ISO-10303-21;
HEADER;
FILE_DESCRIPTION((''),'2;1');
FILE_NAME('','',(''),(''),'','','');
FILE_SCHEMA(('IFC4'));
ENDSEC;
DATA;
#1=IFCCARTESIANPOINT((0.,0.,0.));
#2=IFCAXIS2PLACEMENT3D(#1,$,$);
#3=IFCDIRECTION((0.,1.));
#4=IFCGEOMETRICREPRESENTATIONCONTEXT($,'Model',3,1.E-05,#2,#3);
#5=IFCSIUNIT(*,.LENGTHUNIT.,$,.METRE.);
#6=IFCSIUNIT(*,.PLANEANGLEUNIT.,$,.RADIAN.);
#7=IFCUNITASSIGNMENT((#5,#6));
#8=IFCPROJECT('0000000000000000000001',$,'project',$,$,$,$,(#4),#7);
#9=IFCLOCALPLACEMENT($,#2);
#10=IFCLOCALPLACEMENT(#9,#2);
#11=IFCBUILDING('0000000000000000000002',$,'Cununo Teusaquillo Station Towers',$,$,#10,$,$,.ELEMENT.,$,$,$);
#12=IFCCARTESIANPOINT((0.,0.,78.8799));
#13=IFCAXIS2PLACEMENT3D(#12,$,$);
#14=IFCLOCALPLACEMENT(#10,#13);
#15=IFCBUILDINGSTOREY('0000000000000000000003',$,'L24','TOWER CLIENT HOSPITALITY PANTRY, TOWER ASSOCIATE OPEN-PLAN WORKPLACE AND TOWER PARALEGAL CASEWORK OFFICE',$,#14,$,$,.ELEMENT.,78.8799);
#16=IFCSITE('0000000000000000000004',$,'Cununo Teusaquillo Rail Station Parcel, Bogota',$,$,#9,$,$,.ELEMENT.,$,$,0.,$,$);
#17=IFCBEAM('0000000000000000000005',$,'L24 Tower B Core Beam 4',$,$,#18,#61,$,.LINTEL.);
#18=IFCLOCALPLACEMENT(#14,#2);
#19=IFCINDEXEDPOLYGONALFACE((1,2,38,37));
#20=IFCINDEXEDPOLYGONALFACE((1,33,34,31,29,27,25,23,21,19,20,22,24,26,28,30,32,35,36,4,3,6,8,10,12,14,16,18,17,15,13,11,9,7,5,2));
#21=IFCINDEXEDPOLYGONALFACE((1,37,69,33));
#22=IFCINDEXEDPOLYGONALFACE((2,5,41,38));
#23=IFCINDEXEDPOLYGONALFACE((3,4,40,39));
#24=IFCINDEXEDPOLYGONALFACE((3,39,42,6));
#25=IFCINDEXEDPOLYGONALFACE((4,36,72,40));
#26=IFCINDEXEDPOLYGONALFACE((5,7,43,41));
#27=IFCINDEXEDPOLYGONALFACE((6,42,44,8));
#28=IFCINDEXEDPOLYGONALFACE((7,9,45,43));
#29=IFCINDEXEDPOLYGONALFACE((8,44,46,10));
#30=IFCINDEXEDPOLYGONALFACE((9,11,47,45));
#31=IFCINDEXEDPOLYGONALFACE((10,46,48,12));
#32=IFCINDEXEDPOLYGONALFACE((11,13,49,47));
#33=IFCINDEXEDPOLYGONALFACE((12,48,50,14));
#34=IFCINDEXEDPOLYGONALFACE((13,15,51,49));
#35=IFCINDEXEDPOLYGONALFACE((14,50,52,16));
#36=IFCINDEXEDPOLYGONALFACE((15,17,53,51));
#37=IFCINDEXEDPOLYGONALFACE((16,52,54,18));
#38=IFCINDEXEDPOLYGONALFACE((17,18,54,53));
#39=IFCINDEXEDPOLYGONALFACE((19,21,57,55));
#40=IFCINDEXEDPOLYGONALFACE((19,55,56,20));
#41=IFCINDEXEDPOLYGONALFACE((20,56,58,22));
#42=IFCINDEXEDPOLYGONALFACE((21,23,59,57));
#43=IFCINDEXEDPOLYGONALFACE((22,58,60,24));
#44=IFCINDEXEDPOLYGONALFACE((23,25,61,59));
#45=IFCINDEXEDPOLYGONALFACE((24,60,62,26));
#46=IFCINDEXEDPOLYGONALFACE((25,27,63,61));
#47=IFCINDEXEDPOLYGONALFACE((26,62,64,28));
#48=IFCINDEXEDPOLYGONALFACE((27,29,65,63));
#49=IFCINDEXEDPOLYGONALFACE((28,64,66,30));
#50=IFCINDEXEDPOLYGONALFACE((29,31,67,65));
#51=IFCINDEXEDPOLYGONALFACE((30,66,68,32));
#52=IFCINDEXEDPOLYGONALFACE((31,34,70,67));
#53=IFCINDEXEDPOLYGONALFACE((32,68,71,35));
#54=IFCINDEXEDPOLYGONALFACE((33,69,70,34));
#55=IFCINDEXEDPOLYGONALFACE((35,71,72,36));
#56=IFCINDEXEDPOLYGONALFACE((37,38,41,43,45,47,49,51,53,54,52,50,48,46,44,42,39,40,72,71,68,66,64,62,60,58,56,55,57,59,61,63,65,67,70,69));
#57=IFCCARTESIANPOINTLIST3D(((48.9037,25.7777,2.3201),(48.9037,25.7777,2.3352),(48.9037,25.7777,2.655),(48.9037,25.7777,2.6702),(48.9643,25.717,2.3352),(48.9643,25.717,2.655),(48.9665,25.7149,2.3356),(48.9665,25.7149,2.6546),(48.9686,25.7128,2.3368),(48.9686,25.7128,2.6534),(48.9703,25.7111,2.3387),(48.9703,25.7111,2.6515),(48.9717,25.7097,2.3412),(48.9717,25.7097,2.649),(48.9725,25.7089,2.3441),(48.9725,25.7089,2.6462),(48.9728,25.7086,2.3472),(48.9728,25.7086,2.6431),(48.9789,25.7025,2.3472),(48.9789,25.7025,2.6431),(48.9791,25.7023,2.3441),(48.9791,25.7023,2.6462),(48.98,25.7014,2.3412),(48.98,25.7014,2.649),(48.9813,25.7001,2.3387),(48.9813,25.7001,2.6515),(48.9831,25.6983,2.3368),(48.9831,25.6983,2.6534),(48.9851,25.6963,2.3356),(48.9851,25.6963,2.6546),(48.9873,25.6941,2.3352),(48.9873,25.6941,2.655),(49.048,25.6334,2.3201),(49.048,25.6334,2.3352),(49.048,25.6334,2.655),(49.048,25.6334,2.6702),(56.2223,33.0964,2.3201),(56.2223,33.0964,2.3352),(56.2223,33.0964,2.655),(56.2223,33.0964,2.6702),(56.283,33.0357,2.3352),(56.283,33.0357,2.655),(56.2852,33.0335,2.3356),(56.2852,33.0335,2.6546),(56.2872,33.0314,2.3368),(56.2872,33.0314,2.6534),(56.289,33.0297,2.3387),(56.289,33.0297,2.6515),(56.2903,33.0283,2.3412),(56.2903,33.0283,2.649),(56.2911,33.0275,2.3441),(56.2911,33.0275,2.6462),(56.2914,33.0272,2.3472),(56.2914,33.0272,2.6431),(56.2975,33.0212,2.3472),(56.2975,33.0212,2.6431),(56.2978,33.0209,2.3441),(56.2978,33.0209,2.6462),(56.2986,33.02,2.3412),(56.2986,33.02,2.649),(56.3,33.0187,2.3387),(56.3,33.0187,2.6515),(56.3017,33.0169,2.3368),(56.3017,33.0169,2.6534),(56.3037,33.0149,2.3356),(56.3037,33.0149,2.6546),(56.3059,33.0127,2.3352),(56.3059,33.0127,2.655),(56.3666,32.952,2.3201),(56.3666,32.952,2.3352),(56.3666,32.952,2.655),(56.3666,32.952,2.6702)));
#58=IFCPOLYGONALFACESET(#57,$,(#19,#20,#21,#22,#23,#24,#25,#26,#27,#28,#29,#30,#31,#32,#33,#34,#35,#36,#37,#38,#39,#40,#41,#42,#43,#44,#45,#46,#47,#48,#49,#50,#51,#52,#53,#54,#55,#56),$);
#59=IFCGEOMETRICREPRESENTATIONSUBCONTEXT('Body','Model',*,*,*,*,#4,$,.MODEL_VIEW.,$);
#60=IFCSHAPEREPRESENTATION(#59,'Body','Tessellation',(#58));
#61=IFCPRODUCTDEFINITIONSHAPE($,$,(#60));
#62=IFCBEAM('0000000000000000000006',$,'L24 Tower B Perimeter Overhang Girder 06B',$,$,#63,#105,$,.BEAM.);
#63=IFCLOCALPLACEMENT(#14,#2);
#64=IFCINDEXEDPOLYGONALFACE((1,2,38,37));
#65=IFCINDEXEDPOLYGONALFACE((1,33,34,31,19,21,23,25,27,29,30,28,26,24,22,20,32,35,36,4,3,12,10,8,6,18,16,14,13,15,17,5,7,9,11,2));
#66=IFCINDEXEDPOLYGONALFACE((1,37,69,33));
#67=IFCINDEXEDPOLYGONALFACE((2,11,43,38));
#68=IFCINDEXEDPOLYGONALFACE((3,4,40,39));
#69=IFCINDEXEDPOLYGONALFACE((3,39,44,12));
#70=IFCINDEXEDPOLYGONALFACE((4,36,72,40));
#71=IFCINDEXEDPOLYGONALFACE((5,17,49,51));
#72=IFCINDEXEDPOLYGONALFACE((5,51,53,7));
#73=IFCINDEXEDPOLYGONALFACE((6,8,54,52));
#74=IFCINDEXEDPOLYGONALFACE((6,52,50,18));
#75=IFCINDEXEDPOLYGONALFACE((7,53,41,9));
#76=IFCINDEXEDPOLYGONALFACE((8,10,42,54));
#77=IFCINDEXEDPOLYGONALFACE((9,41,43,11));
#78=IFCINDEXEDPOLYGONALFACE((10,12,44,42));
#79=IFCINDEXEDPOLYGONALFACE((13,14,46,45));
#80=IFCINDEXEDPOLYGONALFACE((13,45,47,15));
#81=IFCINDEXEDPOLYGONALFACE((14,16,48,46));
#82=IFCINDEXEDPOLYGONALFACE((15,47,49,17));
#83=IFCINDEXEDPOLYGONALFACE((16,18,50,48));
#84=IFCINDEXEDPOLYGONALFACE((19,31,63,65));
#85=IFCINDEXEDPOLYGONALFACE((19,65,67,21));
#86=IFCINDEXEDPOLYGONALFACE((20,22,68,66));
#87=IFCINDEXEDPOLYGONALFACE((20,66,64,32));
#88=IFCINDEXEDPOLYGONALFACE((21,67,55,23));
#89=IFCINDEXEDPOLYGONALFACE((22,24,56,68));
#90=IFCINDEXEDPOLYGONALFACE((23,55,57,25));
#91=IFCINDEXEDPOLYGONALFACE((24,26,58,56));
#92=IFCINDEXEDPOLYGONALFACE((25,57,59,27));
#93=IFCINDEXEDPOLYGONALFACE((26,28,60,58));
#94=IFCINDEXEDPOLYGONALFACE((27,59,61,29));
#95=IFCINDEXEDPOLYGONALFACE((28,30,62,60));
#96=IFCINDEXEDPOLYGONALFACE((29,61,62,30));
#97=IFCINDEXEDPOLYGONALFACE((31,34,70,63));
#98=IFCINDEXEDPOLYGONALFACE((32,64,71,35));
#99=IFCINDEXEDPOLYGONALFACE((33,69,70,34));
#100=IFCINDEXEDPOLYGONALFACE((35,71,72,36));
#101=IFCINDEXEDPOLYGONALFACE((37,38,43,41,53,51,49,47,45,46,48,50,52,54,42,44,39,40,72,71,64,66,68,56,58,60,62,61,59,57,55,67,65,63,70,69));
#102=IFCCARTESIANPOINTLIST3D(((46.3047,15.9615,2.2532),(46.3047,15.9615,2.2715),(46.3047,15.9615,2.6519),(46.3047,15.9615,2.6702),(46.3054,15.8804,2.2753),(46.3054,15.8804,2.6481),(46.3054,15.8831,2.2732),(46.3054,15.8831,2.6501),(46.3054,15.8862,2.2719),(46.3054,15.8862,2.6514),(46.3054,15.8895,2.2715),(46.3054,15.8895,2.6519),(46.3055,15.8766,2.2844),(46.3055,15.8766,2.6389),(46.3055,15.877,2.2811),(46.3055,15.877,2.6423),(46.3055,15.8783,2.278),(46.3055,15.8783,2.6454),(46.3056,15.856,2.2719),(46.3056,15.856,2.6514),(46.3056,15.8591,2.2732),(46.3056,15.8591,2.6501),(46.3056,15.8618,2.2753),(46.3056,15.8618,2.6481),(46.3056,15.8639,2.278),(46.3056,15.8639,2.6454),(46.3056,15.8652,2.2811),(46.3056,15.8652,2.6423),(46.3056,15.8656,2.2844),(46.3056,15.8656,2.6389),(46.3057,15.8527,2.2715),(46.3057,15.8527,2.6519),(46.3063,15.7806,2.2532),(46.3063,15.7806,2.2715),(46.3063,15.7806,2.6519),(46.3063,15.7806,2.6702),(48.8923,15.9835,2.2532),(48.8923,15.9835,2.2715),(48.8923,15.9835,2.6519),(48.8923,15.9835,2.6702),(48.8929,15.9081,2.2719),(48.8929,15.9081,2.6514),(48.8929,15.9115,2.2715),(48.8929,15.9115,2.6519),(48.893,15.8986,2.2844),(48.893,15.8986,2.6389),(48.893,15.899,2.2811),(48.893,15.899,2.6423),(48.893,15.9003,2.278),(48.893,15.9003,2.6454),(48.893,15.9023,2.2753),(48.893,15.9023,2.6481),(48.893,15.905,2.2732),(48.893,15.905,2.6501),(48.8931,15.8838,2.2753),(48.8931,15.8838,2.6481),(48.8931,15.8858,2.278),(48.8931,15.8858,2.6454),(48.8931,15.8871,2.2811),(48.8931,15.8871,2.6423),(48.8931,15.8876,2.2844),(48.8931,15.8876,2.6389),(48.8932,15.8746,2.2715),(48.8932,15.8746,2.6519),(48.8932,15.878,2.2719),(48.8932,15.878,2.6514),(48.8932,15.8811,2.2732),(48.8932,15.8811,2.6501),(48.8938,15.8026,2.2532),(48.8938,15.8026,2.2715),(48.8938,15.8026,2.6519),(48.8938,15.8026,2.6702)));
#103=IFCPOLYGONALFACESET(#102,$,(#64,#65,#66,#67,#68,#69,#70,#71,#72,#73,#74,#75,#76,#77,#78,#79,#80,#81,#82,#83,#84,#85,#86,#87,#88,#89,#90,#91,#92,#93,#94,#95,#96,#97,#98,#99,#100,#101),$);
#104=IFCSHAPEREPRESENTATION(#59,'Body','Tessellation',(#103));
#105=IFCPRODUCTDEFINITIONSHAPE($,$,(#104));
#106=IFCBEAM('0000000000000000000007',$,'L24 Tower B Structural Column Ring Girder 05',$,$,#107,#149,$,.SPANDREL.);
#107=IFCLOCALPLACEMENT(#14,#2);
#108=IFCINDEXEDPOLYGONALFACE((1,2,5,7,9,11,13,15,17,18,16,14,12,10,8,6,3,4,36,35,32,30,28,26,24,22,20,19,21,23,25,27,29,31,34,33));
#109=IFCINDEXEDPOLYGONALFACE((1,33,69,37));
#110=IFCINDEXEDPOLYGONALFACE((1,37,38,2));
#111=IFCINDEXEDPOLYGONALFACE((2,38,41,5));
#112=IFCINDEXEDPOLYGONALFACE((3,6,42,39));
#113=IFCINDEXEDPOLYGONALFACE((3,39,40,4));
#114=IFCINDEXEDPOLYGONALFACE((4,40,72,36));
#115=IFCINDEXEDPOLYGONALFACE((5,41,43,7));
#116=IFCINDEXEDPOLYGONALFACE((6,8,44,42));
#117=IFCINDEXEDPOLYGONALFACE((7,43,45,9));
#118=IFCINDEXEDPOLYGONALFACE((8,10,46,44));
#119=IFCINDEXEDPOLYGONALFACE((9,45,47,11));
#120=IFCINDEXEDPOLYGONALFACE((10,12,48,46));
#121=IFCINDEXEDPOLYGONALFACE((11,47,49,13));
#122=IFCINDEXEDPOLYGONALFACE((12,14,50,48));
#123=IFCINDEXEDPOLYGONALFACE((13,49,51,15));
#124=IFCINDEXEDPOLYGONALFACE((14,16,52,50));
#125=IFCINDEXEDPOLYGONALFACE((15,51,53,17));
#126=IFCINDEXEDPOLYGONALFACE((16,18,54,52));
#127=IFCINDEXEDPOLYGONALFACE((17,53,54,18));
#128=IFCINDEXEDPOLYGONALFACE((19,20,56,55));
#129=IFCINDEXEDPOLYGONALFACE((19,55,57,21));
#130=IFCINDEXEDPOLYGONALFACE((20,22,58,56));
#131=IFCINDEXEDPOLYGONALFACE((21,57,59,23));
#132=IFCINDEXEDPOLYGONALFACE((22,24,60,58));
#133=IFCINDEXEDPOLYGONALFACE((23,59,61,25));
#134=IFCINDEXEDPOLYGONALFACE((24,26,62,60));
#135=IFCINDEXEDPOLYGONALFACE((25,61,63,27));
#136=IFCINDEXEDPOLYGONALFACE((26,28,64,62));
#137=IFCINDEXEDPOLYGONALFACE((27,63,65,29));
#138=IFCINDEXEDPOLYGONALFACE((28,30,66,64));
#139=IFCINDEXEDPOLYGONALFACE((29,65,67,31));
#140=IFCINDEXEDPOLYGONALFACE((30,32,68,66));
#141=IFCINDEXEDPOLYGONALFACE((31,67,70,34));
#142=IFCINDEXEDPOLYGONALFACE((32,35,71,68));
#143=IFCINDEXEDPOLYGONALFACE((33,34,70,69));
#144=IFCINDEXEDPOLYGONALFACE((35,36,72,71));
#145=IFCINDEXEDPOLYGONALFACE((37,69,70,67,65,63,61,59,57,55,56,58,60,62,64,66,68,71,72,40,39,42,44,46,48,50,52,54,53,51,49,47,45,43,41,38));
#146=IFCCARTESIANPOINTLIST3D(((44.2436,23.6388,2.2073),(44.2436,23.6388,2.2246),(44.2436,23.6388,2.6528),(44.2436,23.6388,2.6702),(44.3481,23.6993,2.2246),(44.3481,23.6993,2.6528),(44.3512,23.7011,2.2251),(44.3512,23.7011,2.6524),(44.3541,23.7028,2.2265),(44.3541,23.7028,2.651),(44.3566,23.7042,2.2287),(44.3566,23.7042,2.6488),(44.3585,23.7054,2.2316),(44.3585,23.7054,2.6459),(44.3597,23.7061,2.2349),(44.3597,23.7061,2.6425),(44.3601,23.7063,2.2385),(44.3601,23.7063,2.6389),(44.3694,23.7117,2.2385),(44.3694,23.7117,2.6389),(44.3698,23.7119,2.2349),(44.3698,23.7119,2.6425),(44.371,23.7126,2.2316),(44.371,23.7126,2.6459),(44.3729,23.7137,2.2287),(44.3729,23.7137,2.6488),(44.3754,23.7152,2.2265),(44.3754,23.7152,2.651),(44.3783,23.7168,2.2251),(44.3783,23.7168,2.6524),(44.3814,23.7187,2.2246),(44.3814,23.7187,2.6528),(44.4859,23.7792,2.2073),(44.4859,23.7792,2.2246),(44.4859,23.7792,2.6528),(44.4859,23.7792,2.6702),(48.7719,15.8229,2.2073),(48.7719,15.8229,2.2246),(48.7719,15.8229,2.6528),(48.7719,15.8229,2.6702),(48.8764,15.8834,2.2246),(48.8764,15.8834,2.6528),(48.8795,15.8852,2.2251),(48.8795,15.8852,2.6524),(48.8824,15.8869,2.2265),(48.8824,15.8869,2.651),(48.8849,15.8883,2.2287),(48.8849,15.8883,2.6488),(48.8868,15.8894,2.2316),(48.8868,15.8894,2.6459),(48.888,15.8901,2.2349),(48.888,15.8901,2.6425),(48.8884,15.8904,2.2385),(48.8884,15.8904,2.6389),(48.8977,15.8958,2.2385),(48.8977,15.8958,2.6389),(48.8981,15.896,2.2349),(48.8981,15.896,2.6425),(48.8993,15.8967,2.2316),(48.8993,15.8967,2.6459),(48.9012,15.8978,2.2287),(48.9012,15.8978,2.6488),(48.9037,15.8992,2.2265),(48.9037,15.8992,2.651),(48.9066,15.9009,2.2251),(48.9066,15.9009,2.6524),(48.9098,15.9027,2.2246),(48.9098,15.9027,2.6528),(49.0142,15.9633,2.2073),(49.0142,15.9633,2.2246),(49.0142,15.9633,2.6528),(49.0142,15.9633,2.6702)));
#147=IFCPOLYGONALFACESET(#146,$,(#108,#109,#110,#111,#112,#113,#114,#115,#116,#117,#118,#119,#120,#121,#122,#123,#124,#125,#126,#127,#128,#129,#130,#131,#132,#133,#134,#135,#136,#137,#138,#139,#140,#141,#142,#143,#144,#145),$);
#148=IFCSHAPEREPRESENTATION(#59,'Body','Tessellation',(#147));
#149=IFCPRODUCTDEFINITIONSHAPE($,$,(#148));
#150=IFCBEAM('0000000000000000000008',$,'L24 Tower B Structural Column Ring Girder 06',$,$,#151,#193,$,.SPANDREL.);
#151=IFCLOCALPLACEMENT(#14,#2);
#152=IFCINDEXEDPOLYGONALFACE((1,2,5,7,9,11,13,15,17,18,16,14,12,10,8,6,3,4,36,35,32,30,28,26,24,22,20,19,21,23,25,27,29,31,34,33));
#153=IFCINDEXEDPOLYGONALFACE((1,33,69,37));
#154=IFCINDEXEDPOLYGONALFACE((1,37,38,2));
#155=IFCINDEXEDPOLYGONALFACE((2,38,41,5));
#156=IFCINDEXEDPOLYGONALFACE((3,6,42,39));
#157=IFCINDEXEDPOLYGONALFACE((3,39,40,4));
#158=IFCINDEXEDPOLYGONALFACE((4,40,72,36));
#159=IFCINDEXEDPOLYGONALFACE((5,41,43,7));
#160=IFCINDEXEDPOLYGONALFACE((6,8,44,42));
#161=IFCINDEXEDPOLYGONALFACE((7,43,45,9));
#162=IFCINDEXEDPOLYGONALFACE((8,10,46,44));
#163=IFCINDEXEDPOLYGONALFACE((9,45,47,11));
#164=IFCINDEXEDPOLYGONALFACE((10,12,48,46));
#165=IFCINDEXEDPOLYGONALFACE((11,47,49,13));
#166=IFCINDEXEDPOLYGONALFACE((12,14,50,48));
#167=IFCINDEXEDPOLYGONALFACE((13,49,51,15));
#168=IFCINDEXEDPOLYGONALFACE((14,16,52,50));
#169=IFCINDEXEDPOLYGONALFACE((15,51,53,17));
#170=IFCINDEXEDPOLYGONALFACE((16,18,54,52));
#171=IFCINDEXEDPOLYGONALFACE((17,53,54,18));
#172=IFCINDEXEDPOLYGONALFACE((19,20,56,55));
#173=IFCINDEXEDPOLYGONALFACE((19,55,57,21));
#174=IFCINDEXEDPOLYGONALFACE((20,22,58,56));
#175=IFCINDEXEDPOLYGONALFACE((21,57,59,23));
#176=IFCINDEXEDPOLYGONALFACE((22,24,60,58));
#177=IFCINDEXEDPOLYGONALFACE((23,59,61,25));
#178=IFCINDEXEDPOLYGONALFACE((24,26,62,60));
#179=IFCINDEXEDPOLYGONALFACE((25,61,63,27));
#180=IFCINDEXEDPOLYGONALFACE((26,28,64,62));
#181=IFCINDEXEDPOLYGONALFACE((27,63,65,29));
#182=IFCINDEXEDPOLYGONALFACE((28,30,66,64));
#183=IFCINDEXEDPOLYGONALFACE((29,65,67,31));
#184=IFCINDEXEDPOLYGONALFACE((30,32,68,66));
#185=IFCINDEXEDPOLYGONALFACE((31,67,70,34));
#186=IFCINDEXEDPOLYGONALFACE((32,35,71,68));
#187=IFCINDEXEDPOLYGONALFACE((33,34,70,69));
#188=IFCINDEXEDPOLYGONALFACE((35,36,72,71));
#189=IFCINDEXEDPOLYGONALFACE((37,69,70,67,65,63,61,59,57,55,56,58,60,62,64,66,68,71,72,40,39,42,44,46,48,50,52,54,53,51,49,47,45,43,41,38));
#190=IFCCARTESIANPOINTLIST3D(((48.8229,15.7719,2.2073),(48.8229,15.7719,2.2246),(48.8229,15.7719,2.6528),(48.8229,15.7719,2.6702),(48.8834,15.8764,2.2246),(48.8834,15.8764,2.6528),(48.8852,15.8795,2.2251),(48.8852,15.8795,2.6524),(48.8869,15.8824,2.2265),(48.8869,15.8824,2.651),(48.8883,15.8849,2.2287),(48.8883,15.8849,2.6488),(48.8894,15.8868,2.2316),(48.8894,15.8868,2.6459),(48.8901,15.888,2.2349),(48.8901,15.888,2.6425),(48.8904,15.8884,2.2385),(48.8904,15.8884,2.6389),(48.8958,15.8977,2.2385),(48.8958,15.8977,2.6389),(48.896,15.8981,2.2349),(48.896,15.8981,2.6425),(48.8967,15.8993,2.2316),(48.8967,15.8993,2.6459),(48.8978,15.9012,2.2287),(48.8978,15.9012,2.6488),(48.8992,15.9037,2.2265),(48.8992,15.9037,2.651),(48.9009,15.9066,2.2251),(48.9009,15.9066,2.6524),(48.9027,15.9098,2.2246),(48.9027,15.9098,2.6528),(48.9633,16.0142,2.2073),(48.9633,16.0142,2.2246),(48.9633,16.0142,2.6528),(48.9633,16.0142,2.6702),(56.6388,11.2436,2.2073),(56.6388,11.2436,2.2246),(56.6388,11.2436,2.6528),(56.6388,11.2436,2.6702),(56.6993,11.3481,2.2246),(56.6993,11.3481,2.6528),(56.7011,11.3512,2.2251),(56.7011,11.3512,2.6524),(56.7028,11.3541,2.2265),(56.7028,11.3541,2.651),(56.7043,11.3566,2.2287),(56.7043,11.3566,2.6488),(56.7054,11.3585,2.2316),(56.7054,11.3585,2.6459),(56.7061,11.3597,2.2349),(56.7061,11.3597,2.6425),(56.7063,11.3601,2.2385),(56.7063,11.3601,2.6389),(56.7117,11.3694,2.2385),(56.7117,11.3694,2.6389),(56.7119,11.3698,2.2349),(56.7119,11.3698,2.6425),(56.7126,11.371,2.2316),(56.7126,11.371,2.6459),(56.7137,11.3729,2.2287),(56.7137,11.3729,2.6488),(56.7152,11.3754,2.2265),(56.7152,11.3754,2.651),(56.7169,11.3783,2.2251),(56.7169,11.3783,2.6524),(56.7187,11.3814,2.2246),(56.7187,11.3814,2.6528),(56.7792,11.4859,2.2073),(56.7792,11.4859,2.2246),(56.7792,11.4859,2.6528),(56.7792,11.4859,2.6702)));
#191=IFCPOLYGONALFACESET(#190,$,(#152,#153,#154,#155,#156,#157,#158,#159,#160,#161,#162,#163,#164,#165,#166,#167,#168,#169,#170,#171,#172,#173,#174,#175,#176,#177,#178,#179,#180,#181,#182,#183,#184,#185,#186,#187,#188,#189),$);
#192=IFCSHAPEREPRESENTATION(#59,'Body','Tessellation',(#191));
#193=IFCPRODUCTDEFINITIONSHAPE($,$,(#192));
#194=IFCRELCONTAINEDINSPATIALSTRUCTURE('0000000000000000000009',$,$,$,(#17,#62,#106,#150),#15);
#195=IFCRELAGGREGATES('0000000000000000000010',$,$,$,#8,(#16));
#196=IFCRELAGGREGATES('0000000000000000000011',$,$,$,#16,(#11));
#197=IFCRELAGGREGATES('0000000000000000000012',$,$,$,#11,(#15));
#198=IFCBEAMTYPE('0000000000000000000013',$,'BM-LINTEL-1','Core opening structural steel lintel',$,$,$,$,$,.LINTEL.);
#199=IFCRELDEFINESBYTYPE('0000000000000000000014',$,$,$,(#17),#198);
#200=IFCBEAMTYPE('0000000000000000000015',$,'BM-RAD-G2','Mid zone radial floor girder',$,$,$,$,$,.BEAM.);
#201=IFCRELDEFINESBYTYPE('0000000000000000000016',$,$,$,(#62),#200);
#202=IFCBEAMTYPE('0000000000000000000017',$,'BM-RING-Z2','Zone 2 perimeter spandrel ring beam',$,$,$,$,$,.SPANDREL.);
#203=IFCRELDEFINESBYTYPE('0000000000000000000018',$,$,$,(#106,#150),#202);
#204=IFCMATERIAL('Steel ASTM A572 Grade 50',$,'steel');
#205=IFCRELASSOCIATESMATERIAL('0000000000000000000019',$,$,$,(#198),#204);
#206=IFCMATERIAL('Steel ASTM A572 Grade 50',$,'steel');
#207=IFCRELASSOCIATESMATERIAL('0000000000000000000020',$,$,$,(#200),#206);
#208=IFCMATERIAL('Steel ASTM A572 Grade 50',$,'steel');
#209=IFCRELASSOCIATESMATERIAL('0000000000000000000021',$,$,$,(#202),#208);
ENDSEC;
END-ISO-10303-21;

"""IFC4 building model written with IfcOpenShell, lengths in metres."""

from ifc_helpers import new_model, si_unit, direction, frame, origin, origin_2d, place, context, subcontext, project, spatial, i_section, extrude, material, material_profile, profile_set, type_object, element, save


model = new_model("IFC4")

# Units and contexts
model_context = context("Model", 3, precision=1e-05, world=origin(), true_north=direction((0.0, 1.0)))
body_context = subcontext(model_context, "Body", "Model", "MODEL_VIEW")
ifc_project = project(units=[si_unit("LENGTHUNIT", "METRE"), si_unit("PLANEANGLEUNIT", "RADIAN")], contexts=[model_context])

# Site, building, storey
site_placement = place(None, origin())
site = spatial("IfcSite", under=ifc_project, at=site_placement, Name="Cununo Teusaquillo Rail Station Parcel, Bogota", CompositionType="ELEMENT", RefElevation=0.0)
building_placement = place(site_placement, origin())
building = spatial("IfcBuilding", under=site, at=building_placement, Name="Cununo Teusaquillo Station Towers", CompositionType="ELEMENT")
storey_placement = place(building_placement, frame((0.0, 0.0, 78.8799)))
storey = spatial("IfcBuildingStorey", under=building, at=storey_placement, Name="L24", Description="TOWER CLIENT HOSPITALITY PANTRY, TOWER ASSOCIATE OPEN-PLAN WORKPLACE AND TOWER PARALEGAL CASEWORK OFFICE", CompositionType="ELEMENT", Elevation=78.8799)

# Beams
ifc_material_1 = material(Name="Steel ASTM A572 Grade 50", Category="steel")
ifc_material_profile_1 = material_profile(ifc_material_1, i_section(OverallWidth=0.2041, OverallDepth=0.3501, WebThickness=0.0085, FlangeThickness=0.0151, FilletRadius=0.012, at=origin_2d()), Name="W14X48")
ifc_profile_set_1 = profile_set([ifc_material_profile_1], Name="Steel ASTM A572 Grade 50")
beam_type_1 = type_object("IfcBeamType", Name="BM-LINTEL-1", Description="Core opening structural steel lintel", PredefinedType="LINTEL", material=ifc_profile_set_1)
beam_1_placement = place(storey_placement, frame((48.9758, 25.7056, 2.4951), z_axis=(0.707107, 0.707107, 0.0), x_axis=(-0.707107, 0.707107, 0.0)))
element("IfcBeam", 1, at=beam_1_placement, inside=storey, type_object=beam_type_1, Name="L24 Tower B Core Beam 4", PredefinedType="LINTEL", context=body_context, shape_type="SweptSolid", body=[
    extrude(i_section(OverallWidth=0.2041, OverallDepth=0.3501, WebThickness=0.0085, FlangeThickness=0.0151, FilletRadius=0.012, at=origin_2d()), origin(), (0.0, 0.0, 1.0), 10.3501),
])
ifc_material_2 = material(Name="Steel ASTM A572 Grade 50", Category="steel")
ifc_material_profile_2 = material_profile(ifc_material_2, i_section(OverallWidth=0.1809, OverallDepth=0.417, WebThickness=0.011, FlangeThickness=0.0183, FilletRadius=0.0129, at=origin_2d()), Name="W16X57")
ifc_profile_set_2 = profile_set([ifc_material_profile_2], Name="Steel ASTM A572 Grade 50")
beam_type_2 = type_object("IfcBeamType", Name="BM-RAD-G2", Description="Mid zone radial floor girder", PredefinedType="BEAM", material=ifc_profile_set_2)
beam_2_placement = place(storey_placement, frame((48.8931, 15.8931, 2.4617), z_axis=(-0.999964, -0.008491, 0.0), x_axis=(0.008491, -0.999964, 0.0)))
element("IfcBeam", 2, at=beam_2_placement, inside=storey, type_object=beam_type_2, Name="L24 Tower B Perimeter Overhang Girder 06B", PredefinedType="BEAM", context=body_context, shape_type="SweptSolid", body=[
    extrude(i_section(OverallWidth=0.1809, OverallDepth=0.417, WebThickness=0.011, FlangeThickness=0.0183, FilletRadius=0.0129, at=origin_2d()), origin(), (0.0, 0.0, 1.0), 2.5876),
])
ifc_material_3 = material(Name="Steel ASTM A572 Grade 50", Category="steel")
ifc_material_profile_3 = material_profile(ifc_material_3, i_section(OverallWidth=0.28, OverallDepth=0.4629, WebThickness=0.0107, FlangeThickness=0.0173, FilletRadius=0.0139, at=origin_2d()), Name="W18X76")
ifc_profile_set_3 = profile_set([ifc_material_profile_3], Name="Steel ASTM A572 Grade 50")
beam_type_3 = type_object("IfcBeamType", Name="BM-RING-Z2", Description="Zone 2 perimeter spandrel ring beam", PredefinedType="SPANDREL", material=ifc_profile_set_3)
for number, where, z_axis, x_axis, name in (
    (3, (44.3647, 23.709, 2.4387), (0.501311, -0.865267, 0.0), (0.865267, 0.501311, 0.0), "L24 Tower B Structural Column Ring Girder 05"),
    (4, (48.8931, 15.8931, 2.4387), (0.865267, -0.501311, 0.0), (0.501311, 0.865267, 0.0), "L24 Tower B Structural Column Ring Girder 06"),
):
    element("IfcBeam", number, at=place(storey_placement, frame(where, z_axis=z_axis, x_axis=x_axis)), inside=storey, type_object=beam_type_3, Name=name, PredefinedType="SPANDREL", context=body_context, shape_type="SweptSolid", body=[
        extrude(i_section(OverallWidth=0.28, OverallDepth=0.4629, WebThickness=0.0107, FlangeThickness=0.0173, FilletRadius=0.0139, at=origin_2d()), origin(), (0.0, 0.0, 1.0), 9.033),
    ])

save(model, "model.ifc")
